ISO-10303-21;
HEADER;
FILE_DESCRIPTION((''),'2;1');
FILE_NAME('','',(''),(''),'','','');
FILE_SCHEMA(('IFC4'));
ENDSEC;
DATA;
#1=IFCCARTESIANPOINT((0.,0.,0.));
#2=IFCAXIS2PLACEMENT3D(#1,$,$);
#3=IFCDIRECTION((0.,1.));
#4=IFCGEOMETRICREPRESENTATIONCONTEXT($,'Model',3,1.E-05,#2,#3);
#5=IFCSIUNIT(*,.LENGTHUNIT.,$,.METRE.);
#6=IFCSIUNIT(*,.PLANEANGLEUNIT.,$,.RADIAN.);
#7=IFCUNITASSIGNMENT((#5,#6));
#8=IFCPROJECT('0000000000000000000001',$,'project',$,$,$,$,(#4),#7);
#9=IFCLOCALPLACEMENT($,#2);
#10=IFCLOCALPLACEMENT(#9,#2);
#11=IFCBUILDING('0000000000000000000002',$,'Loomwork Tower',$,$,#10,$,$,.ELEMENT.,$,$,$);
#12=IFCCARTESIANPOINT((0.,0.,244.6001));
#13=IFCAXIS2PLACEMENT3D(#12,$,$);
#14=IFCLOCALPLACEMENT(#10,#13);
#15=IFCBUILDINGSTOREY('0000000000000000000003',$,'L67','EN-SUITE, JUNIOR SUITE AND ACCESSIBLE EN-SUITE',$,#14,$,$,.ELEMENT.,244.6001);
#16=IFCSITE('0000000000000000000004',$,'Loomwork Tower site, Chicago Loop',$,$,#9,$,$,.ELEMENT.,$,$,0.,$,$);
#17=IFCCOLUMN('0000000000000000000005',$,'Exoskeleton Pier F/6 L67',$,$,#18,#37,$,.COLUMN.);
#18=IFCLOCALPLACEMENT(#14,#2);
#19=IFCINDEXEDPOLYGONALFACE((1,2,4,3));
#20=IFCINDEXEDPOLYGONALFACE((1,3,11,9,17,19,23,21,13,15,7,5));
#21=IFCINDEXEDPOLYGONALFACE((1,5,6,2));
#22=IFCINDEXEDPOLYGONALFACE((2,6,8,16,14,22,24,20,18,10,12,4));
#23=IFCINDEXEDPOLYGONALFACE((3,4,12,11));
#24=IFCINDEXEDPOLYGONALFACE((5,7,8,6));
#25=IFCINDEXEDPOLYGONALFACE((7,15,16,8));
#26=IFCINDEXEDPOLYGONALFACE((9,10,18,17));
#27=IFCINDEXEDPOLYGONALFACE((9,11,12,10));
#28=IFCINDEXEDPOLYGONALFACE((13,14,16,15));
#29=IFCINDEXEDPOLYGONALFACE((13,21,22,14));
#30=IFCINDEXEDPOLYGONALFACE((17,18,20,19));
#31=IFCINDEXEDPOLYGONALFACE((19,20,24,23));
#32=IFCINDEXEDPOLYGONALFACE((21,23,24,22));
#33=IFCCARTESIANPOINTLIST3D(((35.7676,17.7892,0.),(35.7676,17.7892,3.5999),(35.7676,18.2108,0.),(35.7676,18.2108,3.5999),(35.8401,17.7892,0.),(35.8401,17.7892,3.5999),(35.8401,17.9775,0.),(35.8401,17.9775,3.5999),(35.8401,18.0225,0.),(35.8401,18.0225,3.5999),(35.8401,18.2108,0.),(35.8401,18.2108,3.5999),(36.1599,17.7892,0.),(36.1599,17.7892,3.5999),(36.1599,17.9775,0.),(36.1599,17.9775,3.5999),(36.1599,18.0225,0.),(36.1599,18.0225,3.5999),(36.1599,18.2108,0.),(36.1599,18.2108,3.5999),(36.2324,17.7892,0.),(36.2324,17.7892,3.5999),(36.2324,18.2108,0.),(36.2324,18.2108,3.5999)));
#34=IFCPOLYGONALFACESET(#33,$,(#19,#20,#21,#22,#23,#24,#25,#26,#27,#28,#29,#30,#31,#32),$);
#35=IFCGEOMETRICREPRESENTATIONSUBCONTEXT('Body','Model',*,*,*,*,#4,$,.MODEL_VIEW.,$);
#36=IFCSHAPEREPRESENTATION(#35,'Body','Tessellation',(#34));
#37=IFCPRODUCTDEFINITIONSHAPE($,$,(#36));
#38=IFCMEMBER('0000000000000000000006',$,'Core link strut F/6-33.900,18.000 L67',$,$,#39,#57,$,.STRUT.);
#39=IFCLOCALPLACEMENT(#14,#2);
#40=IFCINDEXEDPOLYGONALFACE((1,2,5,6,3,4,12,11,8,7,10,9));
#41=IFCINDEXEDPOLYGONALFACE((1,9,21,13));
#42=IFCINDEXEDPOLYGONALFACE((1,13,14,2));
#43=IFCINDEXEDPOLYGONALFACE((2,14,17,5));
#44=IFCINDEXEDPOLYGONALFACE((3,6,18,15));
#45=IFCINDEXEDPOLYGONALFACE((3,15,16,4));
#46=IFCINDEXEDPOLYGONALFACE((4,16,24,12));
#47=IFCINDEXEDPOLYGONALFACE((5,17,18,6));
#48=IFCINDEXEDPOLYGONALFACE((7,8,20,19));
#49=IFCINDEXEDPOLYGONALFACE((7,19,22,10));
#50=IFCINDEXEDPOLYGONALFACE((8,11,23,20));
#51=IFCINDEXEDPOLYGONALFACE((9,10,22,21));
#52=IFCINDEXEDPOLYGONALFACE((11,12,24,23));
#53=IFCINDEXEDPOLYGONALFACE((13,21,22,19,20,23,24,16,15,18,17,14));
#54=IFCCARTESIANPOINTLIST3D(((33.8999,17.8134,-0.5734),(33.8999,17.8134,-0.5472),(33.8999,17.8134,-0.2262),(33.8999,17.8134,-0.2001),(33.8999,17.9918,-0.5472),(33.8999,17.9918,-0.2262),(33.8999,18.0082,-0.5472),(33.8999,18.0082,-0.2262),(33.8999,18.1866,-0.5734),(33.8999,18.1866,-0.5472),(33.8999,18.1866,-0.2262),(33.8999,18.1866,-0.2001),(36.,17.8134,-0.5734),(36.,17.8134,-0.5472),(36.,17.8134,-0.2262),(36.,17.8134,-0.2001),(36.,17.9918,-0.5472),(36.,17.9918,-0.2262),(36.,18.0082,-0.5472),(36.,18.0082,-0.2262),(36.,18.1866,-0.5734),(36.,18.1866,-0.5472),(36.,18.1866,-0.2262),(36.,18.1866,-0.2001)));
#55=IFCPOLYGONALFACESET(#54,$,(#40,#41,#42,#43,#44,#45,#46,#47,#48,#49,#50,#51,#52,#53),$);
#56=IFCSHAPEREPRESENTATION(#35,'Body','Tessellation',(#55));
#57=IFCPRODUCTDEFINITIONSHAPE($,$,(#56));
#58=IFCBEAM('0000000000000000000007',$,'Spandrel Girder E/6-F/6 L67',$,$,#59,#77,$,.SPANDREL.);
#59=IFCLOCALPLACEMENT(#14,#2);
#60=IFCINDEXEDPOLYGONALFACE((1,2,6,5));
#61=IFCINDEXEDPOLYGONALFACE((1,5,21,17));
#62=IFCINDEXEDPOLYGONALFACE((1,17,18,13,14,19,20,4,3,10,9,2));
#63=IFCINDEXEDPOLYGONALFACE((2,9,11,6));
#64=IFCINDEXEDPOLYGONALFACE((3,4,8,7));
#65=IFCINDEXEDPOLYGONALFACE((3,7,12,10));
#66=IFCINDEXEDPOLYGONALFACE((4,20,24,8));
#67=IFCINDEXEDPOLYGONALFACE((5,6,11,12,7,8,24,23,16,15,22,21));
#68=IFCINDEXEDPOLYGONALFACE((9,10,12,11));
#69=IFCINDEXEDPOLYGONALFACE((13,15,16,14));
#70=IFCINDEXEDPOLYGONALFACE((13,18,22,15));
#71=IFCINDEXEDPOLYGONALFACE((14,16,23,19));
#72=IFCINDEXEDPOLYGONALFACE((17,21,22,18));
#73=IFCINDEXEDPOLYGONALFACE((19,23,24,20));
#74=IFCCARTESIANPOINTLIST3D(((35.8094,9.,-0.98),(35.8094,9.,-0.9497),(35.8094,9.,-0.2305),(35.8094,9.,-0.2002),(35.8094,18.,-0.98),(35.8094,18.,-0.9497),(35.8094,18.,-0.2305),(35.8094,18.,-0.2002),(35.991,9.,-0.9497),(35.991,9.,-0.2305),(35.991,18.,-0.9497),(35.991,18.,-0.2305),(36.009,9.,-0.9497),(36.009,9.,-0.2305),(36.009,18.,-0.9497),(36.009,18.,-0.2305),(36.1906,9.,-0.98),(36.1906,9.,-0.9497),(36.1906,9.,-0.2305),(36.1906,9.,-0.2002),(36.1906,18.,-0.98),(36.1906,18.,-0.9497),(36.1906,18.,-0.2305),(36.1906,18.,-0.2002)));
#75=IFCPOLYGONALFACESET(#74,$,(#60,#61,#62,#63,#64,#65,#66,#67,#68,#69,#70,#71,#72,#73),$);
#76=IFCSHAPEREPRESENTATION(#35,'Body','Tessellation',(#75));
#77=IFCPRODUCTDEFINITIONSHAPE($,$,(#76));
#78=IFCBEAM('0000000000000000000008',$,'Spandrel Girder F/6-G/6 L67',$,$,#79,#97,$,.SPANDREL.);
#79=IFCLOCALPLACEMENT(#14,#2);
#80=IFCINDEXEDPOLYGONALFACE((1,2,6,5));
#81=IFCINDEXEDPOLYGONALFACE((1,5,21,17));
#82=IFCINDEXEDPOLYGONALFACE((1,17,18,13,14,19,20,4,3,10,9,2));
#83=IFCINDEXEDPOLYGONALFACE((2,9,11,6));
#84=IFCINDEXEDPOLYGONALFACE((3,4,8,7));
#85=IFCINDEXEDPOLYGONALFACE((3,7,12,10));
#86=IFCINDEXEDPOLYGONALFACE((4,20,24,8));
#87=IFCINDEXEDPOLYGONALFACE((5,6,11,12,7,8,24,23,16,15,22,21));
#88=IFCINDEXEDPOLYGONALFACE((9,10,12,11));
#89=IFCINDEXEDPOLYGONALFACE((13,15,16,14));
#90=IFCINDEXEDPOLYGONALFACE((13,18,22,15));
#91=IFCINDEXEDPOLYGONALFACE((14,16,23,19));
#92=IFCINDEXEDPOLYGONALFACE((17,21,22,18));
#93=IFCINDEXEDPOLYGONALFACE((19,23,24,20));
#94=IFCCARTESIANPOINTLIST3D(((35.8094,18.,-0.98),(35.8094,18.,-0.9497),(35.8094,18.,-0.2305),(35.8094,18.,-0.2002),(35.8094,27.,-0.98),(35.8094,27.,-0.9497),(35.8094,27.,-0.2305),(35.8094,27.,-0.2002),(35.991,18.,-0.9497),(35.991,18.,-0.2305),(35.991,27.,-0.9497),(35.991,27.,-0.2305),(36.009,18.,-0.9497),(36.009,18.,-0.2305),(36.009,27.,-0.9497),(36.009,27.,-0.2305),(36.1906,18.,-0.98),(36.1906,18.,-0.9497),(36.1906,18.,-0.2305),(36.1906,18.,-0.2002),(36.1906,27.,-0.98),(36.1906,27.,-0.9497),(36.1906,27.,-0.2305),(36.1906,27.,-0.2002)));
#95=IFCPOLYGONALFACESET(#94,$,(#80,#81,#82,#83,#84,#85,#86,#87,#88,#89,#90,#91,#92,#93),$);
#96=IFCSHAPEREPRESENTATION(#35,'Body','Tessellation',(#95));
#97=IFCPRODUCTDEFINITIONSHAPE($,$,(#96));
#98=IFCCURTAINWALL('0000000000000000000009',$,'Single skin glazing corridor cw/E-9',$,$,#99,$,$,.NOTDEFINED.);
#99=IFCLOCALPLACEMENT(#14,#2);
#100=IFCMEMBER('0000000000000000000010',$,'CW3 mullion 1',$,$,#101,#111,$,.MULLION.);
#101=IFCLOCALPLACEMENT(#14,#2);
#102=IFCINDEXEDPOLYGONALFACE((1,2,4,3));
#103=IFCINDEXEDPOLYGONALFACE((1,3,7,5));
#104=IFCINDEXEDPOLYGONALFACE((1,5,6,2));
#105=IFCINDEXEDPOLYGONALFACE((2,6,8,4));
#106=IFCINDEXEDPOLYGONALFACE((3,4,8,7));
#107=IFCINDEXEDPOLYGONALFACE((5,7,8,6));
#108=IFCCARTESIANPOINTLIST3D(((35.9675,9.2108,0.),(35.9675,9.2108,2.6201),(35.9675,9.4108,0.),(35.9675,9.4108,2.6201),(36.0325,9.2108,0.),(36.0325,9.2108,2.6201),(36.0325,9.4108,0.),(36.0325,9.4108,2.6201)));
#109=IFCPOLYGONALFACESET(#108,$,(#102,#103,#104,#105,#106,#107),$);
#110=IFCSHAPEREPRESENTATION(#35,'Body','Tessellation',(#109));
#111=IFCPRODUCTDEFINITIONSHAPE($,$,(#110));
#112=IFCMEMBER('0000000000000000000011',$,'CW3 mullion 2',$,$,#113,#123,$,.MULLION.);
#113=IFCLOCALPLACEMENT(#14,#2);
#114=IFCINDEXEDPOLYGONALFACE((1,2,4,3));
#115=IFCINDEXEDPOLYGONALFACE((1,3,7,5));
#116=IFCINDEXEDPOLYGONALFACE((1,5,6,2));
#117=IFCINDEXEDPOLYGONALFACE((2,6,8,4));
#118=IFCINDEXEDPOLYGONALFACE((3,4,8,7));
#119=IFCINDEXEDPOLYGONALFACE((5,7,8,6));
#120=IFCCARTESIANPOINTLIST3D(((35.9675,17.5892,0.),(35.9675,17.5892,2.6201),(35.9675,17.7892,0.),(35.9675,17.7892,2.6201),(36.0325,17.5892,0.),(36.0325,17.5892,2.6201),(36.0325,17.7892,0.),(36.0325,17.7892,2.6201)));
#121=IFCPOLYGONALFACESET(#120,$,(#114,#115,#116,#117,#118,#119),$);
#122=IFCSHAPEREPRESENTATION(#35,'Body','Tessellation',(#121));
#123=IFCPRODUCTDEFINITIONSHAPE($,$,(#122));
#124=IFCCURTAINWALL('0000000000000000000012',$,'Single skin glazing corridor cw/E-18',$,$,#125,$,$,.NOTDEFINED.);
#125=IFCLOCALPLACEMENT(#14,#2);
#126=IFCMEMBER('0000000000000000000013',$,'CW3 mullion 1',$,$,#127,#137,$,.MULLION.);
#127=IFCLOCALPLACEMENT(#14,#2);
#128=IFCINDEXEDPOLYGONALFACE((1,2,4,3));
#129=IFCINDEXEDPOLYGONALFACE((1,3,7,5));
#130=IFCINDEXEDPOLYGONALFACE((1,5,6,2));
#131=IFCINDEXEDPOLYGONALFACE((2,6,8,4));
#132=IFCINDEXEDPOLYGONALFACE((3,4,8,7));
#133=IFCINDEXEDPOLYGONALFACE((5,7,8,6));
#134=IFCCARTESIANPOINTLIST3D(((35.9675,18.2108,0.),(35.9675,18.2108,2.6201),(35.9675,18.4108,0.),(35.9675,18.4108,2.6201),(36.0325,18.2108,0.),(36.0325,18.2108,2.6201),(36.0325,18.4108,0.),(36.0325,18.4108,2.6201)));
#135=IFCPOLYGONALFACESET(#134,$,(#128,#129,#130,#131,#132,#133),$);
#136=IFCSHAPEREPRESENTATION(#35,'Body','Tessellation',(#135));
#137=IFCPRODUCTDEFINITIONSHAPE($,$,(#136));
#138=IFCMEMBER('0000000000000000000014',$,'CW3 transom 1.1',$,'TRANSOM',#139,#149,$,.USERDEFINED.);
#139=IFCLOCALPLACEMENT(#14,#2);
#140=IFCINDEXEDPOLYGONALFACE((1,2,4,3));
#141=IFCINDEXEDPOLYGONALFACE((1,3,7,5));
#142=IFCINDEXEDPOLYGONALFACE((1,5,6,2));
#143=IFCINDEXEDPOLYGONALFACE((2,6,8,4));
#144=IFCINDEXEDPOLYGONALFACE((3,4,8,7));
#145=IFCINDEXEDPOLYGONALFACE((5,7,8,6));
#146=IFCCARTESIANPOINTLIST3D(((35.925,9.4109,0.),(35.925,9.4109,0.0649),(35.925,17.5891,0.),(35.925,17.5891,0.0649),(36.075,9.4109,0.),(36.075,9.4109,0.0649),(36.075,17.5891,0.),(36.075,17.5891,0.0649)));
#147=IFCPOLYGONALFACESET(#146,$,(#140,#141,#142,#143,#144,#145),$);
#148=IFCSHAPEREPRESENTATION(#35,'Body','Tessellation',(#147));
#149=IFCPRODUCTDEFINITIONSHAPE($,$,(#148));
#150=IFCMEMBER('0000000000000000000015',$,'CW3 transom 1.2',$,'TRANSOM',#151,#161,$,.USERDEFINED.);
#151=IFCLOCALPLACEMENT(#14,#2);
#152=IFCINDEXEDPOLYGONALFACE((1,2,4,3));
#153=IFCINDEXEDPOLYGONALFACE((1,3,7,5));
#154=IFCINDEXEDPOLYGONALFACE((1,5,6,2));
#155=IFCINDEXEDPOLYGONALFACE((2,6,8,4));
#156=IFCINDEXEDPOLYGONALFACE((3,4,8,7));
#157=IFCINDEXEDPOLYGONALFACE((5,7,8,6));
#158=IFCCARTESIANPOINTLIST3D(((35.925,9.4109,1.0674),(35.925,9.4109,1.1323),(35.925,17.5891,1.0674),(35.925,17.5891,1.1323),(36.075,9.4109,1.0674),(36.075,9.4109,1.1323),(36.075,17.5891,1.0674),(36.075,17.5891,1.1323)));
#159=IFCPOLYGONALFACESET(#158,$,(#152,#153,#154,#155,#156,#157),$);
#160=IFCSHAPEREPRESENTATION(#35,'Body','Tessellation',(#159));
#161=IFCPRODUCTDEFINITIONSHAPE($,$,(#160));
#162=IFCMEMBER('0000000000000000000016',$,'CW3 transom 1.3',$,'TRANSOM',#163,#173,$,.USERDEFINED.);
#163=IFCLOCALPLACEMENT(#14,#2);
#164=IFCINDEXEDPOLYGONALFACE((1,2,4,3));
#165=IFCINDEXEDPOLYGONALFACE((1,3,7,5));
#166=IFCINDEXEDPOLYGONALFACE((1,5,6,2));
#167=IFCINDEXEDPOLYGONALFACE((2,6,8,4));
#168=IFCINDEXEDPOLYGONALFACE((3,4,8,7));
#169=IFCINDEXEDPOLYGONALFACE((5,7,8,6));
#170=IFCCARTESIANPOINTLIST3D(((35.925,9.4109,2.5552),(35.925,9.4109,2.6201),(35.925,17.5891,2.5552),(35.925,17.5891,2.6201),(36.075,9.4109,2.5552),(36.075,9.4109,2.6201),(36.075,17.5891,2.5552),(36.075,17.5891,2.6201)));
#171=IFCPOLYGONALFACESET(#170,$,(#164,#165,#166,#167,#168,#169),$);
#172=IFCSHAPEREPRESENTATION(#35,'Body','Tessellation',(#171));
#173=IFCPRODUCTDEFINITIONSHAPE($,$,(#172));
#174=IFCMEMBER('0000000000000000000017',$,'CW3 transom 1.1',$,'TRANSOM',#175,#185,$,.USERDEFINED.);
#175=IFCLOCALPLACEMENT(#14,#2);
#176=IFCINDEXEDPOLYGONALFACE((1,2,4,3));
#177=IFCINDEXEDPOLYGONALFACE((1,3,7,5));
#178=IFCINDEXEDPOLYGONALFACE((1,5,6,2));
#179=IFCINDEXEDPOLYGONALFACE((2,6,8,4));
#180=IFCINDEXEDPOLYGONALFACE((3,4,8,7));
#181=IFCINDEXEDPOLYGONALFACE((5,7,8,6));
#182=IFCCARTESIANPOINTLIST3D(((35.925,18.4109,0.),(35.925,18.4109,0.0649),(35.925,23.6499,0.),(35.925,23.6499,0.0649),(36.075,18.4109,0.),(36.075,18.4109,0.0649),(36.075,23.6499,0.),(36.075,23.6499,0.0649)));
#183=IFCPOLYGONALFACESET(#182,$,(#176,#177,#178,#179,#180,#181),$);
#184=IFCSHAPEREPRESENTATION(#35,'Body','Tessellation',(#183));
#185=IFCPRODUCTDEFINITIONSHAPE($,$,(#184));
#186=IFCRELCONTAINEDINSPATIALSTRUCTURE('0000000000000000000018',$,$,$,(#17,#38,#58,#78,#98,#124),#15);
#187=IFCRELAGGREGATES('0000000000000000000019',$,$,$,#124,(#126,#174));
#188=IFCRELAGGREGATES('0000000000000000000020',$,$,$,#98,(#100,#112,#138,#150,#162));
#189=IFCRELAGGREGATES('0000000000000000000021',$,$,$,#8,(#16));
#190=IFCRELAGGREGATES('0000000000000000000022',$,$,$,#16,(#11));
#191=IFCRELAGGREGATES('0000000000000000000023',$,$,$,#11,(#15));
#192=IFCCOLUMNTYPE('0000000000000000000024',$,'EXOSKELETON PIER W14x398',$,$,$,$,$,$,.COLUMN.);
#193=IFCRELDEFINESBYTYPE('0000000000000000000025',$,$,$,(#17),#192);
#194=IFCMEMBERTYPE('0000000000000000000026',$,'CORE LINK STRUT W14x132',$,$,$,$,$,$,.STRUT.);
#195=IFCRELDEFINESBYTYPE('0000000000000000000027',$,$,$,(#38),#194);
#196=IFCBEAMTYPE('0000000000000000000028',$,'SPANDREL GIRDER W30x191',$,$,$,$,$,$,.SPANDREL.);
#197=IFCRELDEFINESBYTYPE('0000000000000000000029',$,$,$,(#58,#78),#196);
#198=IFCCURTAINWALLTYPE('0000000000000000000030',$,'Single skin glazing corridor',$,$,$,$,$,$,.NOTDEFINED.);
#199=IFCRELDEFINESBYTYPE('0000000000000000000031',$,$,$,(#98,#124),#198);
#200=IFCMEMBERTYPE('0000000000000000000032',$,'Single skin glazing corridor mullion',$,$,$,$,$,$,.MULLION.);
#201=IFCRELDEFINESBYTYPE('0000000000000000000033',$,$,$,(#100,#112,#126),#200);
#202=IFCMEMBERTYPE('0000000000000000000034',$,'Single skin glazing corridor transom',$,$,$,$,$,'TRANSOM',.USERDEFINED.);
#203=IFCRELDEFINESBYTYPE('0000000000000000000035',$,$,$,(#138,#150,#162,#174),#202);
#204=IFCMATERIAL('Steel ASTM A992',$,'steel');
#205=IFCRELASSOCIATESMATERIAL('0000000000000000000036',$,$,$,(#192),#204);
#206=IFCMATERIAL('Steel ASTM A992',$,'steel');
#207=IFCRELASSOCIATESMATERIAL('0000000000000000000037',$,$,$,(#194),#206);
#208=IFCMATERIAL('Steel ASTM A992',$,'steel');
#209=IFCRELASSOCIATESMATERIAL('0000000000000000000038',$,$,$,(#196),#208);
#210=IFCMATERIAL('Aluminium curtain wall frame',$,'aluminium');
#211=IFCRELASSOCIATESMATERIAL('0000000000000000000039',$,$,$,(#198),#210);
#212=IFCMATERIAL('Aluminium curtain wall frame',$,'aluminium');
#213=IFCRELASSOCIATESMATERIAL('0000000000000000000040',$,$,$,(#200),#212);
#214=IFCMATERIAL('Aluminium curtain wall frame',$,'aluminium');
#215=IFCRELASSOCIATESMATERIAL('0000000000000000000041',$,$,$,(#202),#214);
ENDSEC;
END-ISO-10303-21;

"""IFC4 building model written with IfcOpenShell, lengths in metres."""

from ifc_helpers import new_model, si_unit, direction, frame, origin, origin_2d, place, context, subcontext, project, spatial, rectangle, i_section, extrude, material, material_profile, profile_set, type_object, element, aggregate, save


model = new_model("IFC4")

# Units and contexts
model_context = context("Model", 3, precision=1e-05, world=origin(), true_north=direction((0.0, 1.0)))
body_context = subcontext(model_context, "Body", "Model", "MODEL_VIEW")
ifc_project = project(units=[si_unit("LENGTHUNIT", "METRE"), si_unit("PLANEANGLEUNIT", "RADIAN")], contexts=[model_context])

# Site, building, storey
site_placement = place(None, origin())
site = spatial("IfcSite", under=ifc_project, at=site_placement, Name="Loomwork Tower site, Chicago Loop", CompositionType="ELEMENT", RefElevation=0.0)
building_placement = place(site_placement, origin())
building = spatial("IfcBuilding", under=site, at=building_placement, Name="Loomwork Tower", CompositionType="ELEMENT")
storey_placement = place(building_placement, frame((0.0, 0.0, 244.6001)))
storey = spatial("IfcBuildingStorey", under=building, at=storey_placement, Name="L67", Description="EN-SUITE, JUNIOR SUITE AND ACCESSIBLE EN-SUITE", CompositionType="ELEMENT", Elevation=244.6001)

# Column
ifc_material_1 = material(Name="Steel ASTM A992", Category="steel")
ifc_material_profile_1 = material_profile(ifc_material_1, i_section(OverallWidth=0.4216, OverallDepth=0.4648, WebThickness=0.0449, FlangeThickness=0.0725, at=origin_2d()), Name="W14x398")
ifc_profile_set_1 = profile_set([ifc_material_profile_1], Name="Steel ASTM A992")
column_type = type_object("IfcColumnType", Name="EXOSKELETON PIER W14x398", PredefinedType="COLUMN", material=ifc_profile_set_1)
column_placement = place(storey_placement, frame((36.0, 18.0, 0.0), z_axis=(0.0, 0.0, 1.0), x_axis=(0.0, 1.0, 0.0)))
element("IfcColumn", 1, at=column_placement, inside=storey, type_object=column_type, Name="Exoskeleton Pier F/6 L67", PredefinedType="COLUMN", context=body_context, shape_type="SweptSolid", body=[
    extrude(i_section(OverallWidth=0.4216, OverallDepth=0.4648, WebThickness=0.0449, FlangeThickness=0.0725, at=origin_2d()), origin(), (0.0, 0.0, 1.0), 3.5999),
])

# Member
ifc_material_2 = material(Name="Steel ASTM A992", Category="steel")
ifc_material_profile_2 = material_profile(ifc_material_2, i_section(OverallWidth=0.3733, OverallDepth=0.3733, WebThickness=0.0164, FlangeThickness=0.0261, at=origin_2d()), Name="W14x132")
ifc_profile_set_2 = profile_set([ifc_material_profile_2], Name="Steel ASTM A992")
member_type_1 = type_object("IfcMemberType", Name="CORE LINK STRUT W14x132", PredefinedType="STRUT", material=ifc_profile_set_2)
member_1_placement = place(storey_placement, frame((36.0, 18.0, -0.3867), z_axis=(-1.0, 0.0, 0.0), x_axis=(0.0, -1.0, 0.0)))
element("IfcMember", 2, at=member_1_placement, inside=storey, type_object=member_type_1, Name="Core link strut F/6-33.900,18.000 L67", PredefinedType="STRUT", context=body_context, shape_type="SweptSolid", body=[
    extrude(i_section(OverallWidth=0.3733, OverallDepth=0.3733, WebThickness=0.0164, FlangeThickness=0.0261, at=origin_2d()), origin(), (0.0, 0.0, 1.0), 2.1001),
])

# Beams
ifc_material_3 = material(Name="Steel ASTM A992", Category="steel")
ifc_material_profile_3 = material_profile(ifc_material_3, i_section(OverallWidth=0.3811, OverallDepth=0.7798, WebThickness=0.0181, FlangeThickness=0.0303, at=origin_2d()), Name="W30x191")
ifc_profile_set_3 = profile_set([ifc_material_profile_3], Name="Steel ASTM A992")
beam_type = type_object("IfcBeamType", Name="SPANDREL GIRDER W30x191", PredefinedType="SPANDREL", material=ifc_profile_set_3)
for number, where, z_axis, x_axis, name in (
    (3, (36.0, 9.0, -0.5901), (0.0, 1.0, 0.0), (-1.0, 0.0, 0.0), "Spandrel Girder E/6-F/6 L67"),
    (4, (36.0, 18.0, -0.5901), (0.0, 1.0, 0.0), (-1.0, 0.0, 0.0), "Spandrel Girder F/6-G/6 L67"),
):
    element("IfcBeam", number, at=place(storey_placement, frame(where, z_axis=z_axis, x_axis=x_axis)), inside=storey, type_object=beam_type, Name=name, PredefinedType="SPANDREL", context=body_context, shape_type="SweptSolid", body=[
        extrude(i_section(OverallWidth=0.3811, OverallDepth=0.7798, WebThickness=0.0181, FlangeThickness=0.0303, at=origin_2d()), origin(), (0.0, 0.0, 1.0), 9.0),
    ])

# Curtain wall, members
ifc_material_4 = material(Name="Aluminium curtain wall frame", Category="aluminium")
curtain_wall_type = type_object("IfcCurtainWallType", Name="Single skin glazing corridor", PredefinedType="NOTDEFINED", material=ifc_material_4)
curtain_wall_1_placement = place(storey_placement, origin())
curtain_wall_1 = element("IfcCurtainWall", 5, at=curtain_wall_1_placement, inside=storey, type_object=curtain_wall_type, Name="Single skin glazing corridor cw/E-9", PredefinedType="NOTDEFINED")
ifc_material_5 = material(Name="Aluminium curtain wall frame", Category="aluminium")
ifc_material_profile_4 = material_profile(ifc_material_5, rectangle(XDim=0.0649, YDim=0.2, at=origin_2d()), Name="AL 65x200")
ifc_profile_set_4 = profile_set([ifc_material_profile_4], Name="Aluminium curtain wall frame")
member_type_2 = type_object("IfcMemberType", Name="Single skin glazing corridor mullion", PredefinedType="MULLION", material=ifc_profile_set_4)
member_2_placement = place(storey_placement, frame((36.0, 9.3108, 0.0), z_axis=(0.0, 0.0, 1.0), x_axis=(-1.0, 0.0, 0.0)))
member_2 = element("IfcMember", 6, at=member_2_placement, type_object=member_type_2, Name="CW3 mullion 1", PredefinedType="MULLION", context=body_context, shape_type="SweptSolid", body=[
    extrude(rectangle(XDim=0.0649, YDim=0.2, at=origin_2d()), origin(), (0.0, 0.0, 1.0), 2.6201),
])
member_3_placement = place(storey_placement, frame((36.0, 17.6892, 0.0), z_axis=(0.0, 0.0, 1.0), x_axis=(-1.0, 0.0, 0.0)))
member_3 = element("IfcMember", 7, at=member_3_placement, type_object=member_type_2, Name="CW3 mullion 2", PredefinedType="MULLION", context=body_context, shape_type="SweptSolid", body=[
    extrude(rectangle(XDim=0.0649, YDim=0.2, at=origin_2d()), origin(), (0.0, 0.0, 1.0), 2.6201),
])

# Curtain wall, member
curtain_wall_2_placement = place(storey_placement, origin())
curtain_wall_2 = element("IfcCurtainWall", 8, at=curtain_wall_2_placement, inside=storey, type_object=curtain_wall_type, Name="Single skin glazing corridor cw/E-18", PredefinedType="NOTDEFINED")
member_4_placement = place(storey_placement, frame((36.0, 18.3108, 0.0), z_axis=(0.0, 0.0, 1.0), x_axis=(-1.0, 0.0, 0.0)))
member_4 = element("IfcMember", 9, at=member_4_placement, type_object=member_type_2, Name="CW3 mullion 1", PredefinedType="MULLION", context=body_context, shape_type="SweptSolid", body=[
    extrude(rectangle(XDim=0.0649, YDim=0.2, at=origin_2d()), origin(), (0.0, 0.0, 1.0), 2.6201),
])

# Members
ifc_material_6 = material(Name="Aluminium curtain wall frame", Category="aluminium")
ifc_material_profile_5 = material_profile(ifc_material_6, rectangle(XDim=0.1499, YDim=0.0649, at=origin_2d()), Name="AL 65x150")
ifc_profile_set_5 = profile_set([ifc_material_profile_5], Name="Aluminium curtain wall frame")
member_type_3 = type_object("IfcMemberType", Name="Single skin glazing corridor transom", ElementType="TRANSOM", PredefinedType="USERDEFINED", material=ifc_profile_set_5)
member_5_placement = place(storey_placement, frame((36.0, 9.4109, 0.0325), z_axis=(0.0, 1.0, 0.0), x_axis=(-1.0, 0.0, 0.0)))
member_5 = element("IfcMember", 10, at=member_5_placement, type_object=member_type_3, Name="CW3 transom 1.1", ObjectType="TRANSOM", PredefinedType="USERDEFINED", context=body_context, shape_type="SweptSolid", body=[
    extrude(rectangle(XDim=0.1499, YDim=0.0649, at=origin_2d()), origin(), (0.0, 0.0, 1.0), 8.1782),
])
member_6_placement = place(storey_placement, frame((36.0, 9.4109, 1.0999), z_axis=(0.0, 1.0, 0.0), x_axis=(-1.0, 0.0, 0.0)))
member_6 = element("IfcMember", 11, at=member_6_placement, type_object=member_type_3, Name="CW3 transom 1.2", ObjectType="TRANSOM", PredefinedType="USERDEFINED", context=body_context, shape_type="SweptSolid", body=[
    extrude(rectangle(XDim=0.1499, YDim=0.0649, at=origin_2d()), origin(), (0.0, 0.0, 1.0), 8.1782),
])
member_7_placement = place(storey_placement, frame((36.0, 9.4109, 2.5876), z_axis=(0.0, 1.0, 0.0), x_axis=(-1.0, 0.0, 0.0)))
member_7 = element("IfcMember", 12, at=member_7_placement, type_object=member_type_3, Name="CW3 transom 1.3", ObjectType="TRANSOM", PredefinedType="USERDEFINED", context=body_context, shape_type="SweptSolid", body=[
    extrude(rectangle(XDim=0.1499, YDim=0.0649, at=origin_2d()), origin(), (0.0, 0.0, 1.0), 8.1782),
])
member_8_placement = place(storey_placement, frame((36.0, 18.4109, 0.0325), z_axis=(0.0, 1.0, 0.0), x_axis=(-1.0, 0.0, 0.0)))
member_8 = element("IfcMember", 13, at=member_8_placement, type_object=member_type_3, Name="CW3 transom 1.1", ObjectType="TRANSOM", PredefinedType="USERDEFINED", context=body_context, shape_type="SweptSolid", body=[
    extrude(rectangle(XDim=0.1499, YDim=0.0649, at=origin_2d()), origin(), (0.0, 0.0, 1.0), 5.239),
])
aggregate(curtain_wall_2, [member_4, member_8])

aggregate(curtain_wall_1, [member_2, member_3, member_5, member_6, member_7])

save(model, "model.ifc")
